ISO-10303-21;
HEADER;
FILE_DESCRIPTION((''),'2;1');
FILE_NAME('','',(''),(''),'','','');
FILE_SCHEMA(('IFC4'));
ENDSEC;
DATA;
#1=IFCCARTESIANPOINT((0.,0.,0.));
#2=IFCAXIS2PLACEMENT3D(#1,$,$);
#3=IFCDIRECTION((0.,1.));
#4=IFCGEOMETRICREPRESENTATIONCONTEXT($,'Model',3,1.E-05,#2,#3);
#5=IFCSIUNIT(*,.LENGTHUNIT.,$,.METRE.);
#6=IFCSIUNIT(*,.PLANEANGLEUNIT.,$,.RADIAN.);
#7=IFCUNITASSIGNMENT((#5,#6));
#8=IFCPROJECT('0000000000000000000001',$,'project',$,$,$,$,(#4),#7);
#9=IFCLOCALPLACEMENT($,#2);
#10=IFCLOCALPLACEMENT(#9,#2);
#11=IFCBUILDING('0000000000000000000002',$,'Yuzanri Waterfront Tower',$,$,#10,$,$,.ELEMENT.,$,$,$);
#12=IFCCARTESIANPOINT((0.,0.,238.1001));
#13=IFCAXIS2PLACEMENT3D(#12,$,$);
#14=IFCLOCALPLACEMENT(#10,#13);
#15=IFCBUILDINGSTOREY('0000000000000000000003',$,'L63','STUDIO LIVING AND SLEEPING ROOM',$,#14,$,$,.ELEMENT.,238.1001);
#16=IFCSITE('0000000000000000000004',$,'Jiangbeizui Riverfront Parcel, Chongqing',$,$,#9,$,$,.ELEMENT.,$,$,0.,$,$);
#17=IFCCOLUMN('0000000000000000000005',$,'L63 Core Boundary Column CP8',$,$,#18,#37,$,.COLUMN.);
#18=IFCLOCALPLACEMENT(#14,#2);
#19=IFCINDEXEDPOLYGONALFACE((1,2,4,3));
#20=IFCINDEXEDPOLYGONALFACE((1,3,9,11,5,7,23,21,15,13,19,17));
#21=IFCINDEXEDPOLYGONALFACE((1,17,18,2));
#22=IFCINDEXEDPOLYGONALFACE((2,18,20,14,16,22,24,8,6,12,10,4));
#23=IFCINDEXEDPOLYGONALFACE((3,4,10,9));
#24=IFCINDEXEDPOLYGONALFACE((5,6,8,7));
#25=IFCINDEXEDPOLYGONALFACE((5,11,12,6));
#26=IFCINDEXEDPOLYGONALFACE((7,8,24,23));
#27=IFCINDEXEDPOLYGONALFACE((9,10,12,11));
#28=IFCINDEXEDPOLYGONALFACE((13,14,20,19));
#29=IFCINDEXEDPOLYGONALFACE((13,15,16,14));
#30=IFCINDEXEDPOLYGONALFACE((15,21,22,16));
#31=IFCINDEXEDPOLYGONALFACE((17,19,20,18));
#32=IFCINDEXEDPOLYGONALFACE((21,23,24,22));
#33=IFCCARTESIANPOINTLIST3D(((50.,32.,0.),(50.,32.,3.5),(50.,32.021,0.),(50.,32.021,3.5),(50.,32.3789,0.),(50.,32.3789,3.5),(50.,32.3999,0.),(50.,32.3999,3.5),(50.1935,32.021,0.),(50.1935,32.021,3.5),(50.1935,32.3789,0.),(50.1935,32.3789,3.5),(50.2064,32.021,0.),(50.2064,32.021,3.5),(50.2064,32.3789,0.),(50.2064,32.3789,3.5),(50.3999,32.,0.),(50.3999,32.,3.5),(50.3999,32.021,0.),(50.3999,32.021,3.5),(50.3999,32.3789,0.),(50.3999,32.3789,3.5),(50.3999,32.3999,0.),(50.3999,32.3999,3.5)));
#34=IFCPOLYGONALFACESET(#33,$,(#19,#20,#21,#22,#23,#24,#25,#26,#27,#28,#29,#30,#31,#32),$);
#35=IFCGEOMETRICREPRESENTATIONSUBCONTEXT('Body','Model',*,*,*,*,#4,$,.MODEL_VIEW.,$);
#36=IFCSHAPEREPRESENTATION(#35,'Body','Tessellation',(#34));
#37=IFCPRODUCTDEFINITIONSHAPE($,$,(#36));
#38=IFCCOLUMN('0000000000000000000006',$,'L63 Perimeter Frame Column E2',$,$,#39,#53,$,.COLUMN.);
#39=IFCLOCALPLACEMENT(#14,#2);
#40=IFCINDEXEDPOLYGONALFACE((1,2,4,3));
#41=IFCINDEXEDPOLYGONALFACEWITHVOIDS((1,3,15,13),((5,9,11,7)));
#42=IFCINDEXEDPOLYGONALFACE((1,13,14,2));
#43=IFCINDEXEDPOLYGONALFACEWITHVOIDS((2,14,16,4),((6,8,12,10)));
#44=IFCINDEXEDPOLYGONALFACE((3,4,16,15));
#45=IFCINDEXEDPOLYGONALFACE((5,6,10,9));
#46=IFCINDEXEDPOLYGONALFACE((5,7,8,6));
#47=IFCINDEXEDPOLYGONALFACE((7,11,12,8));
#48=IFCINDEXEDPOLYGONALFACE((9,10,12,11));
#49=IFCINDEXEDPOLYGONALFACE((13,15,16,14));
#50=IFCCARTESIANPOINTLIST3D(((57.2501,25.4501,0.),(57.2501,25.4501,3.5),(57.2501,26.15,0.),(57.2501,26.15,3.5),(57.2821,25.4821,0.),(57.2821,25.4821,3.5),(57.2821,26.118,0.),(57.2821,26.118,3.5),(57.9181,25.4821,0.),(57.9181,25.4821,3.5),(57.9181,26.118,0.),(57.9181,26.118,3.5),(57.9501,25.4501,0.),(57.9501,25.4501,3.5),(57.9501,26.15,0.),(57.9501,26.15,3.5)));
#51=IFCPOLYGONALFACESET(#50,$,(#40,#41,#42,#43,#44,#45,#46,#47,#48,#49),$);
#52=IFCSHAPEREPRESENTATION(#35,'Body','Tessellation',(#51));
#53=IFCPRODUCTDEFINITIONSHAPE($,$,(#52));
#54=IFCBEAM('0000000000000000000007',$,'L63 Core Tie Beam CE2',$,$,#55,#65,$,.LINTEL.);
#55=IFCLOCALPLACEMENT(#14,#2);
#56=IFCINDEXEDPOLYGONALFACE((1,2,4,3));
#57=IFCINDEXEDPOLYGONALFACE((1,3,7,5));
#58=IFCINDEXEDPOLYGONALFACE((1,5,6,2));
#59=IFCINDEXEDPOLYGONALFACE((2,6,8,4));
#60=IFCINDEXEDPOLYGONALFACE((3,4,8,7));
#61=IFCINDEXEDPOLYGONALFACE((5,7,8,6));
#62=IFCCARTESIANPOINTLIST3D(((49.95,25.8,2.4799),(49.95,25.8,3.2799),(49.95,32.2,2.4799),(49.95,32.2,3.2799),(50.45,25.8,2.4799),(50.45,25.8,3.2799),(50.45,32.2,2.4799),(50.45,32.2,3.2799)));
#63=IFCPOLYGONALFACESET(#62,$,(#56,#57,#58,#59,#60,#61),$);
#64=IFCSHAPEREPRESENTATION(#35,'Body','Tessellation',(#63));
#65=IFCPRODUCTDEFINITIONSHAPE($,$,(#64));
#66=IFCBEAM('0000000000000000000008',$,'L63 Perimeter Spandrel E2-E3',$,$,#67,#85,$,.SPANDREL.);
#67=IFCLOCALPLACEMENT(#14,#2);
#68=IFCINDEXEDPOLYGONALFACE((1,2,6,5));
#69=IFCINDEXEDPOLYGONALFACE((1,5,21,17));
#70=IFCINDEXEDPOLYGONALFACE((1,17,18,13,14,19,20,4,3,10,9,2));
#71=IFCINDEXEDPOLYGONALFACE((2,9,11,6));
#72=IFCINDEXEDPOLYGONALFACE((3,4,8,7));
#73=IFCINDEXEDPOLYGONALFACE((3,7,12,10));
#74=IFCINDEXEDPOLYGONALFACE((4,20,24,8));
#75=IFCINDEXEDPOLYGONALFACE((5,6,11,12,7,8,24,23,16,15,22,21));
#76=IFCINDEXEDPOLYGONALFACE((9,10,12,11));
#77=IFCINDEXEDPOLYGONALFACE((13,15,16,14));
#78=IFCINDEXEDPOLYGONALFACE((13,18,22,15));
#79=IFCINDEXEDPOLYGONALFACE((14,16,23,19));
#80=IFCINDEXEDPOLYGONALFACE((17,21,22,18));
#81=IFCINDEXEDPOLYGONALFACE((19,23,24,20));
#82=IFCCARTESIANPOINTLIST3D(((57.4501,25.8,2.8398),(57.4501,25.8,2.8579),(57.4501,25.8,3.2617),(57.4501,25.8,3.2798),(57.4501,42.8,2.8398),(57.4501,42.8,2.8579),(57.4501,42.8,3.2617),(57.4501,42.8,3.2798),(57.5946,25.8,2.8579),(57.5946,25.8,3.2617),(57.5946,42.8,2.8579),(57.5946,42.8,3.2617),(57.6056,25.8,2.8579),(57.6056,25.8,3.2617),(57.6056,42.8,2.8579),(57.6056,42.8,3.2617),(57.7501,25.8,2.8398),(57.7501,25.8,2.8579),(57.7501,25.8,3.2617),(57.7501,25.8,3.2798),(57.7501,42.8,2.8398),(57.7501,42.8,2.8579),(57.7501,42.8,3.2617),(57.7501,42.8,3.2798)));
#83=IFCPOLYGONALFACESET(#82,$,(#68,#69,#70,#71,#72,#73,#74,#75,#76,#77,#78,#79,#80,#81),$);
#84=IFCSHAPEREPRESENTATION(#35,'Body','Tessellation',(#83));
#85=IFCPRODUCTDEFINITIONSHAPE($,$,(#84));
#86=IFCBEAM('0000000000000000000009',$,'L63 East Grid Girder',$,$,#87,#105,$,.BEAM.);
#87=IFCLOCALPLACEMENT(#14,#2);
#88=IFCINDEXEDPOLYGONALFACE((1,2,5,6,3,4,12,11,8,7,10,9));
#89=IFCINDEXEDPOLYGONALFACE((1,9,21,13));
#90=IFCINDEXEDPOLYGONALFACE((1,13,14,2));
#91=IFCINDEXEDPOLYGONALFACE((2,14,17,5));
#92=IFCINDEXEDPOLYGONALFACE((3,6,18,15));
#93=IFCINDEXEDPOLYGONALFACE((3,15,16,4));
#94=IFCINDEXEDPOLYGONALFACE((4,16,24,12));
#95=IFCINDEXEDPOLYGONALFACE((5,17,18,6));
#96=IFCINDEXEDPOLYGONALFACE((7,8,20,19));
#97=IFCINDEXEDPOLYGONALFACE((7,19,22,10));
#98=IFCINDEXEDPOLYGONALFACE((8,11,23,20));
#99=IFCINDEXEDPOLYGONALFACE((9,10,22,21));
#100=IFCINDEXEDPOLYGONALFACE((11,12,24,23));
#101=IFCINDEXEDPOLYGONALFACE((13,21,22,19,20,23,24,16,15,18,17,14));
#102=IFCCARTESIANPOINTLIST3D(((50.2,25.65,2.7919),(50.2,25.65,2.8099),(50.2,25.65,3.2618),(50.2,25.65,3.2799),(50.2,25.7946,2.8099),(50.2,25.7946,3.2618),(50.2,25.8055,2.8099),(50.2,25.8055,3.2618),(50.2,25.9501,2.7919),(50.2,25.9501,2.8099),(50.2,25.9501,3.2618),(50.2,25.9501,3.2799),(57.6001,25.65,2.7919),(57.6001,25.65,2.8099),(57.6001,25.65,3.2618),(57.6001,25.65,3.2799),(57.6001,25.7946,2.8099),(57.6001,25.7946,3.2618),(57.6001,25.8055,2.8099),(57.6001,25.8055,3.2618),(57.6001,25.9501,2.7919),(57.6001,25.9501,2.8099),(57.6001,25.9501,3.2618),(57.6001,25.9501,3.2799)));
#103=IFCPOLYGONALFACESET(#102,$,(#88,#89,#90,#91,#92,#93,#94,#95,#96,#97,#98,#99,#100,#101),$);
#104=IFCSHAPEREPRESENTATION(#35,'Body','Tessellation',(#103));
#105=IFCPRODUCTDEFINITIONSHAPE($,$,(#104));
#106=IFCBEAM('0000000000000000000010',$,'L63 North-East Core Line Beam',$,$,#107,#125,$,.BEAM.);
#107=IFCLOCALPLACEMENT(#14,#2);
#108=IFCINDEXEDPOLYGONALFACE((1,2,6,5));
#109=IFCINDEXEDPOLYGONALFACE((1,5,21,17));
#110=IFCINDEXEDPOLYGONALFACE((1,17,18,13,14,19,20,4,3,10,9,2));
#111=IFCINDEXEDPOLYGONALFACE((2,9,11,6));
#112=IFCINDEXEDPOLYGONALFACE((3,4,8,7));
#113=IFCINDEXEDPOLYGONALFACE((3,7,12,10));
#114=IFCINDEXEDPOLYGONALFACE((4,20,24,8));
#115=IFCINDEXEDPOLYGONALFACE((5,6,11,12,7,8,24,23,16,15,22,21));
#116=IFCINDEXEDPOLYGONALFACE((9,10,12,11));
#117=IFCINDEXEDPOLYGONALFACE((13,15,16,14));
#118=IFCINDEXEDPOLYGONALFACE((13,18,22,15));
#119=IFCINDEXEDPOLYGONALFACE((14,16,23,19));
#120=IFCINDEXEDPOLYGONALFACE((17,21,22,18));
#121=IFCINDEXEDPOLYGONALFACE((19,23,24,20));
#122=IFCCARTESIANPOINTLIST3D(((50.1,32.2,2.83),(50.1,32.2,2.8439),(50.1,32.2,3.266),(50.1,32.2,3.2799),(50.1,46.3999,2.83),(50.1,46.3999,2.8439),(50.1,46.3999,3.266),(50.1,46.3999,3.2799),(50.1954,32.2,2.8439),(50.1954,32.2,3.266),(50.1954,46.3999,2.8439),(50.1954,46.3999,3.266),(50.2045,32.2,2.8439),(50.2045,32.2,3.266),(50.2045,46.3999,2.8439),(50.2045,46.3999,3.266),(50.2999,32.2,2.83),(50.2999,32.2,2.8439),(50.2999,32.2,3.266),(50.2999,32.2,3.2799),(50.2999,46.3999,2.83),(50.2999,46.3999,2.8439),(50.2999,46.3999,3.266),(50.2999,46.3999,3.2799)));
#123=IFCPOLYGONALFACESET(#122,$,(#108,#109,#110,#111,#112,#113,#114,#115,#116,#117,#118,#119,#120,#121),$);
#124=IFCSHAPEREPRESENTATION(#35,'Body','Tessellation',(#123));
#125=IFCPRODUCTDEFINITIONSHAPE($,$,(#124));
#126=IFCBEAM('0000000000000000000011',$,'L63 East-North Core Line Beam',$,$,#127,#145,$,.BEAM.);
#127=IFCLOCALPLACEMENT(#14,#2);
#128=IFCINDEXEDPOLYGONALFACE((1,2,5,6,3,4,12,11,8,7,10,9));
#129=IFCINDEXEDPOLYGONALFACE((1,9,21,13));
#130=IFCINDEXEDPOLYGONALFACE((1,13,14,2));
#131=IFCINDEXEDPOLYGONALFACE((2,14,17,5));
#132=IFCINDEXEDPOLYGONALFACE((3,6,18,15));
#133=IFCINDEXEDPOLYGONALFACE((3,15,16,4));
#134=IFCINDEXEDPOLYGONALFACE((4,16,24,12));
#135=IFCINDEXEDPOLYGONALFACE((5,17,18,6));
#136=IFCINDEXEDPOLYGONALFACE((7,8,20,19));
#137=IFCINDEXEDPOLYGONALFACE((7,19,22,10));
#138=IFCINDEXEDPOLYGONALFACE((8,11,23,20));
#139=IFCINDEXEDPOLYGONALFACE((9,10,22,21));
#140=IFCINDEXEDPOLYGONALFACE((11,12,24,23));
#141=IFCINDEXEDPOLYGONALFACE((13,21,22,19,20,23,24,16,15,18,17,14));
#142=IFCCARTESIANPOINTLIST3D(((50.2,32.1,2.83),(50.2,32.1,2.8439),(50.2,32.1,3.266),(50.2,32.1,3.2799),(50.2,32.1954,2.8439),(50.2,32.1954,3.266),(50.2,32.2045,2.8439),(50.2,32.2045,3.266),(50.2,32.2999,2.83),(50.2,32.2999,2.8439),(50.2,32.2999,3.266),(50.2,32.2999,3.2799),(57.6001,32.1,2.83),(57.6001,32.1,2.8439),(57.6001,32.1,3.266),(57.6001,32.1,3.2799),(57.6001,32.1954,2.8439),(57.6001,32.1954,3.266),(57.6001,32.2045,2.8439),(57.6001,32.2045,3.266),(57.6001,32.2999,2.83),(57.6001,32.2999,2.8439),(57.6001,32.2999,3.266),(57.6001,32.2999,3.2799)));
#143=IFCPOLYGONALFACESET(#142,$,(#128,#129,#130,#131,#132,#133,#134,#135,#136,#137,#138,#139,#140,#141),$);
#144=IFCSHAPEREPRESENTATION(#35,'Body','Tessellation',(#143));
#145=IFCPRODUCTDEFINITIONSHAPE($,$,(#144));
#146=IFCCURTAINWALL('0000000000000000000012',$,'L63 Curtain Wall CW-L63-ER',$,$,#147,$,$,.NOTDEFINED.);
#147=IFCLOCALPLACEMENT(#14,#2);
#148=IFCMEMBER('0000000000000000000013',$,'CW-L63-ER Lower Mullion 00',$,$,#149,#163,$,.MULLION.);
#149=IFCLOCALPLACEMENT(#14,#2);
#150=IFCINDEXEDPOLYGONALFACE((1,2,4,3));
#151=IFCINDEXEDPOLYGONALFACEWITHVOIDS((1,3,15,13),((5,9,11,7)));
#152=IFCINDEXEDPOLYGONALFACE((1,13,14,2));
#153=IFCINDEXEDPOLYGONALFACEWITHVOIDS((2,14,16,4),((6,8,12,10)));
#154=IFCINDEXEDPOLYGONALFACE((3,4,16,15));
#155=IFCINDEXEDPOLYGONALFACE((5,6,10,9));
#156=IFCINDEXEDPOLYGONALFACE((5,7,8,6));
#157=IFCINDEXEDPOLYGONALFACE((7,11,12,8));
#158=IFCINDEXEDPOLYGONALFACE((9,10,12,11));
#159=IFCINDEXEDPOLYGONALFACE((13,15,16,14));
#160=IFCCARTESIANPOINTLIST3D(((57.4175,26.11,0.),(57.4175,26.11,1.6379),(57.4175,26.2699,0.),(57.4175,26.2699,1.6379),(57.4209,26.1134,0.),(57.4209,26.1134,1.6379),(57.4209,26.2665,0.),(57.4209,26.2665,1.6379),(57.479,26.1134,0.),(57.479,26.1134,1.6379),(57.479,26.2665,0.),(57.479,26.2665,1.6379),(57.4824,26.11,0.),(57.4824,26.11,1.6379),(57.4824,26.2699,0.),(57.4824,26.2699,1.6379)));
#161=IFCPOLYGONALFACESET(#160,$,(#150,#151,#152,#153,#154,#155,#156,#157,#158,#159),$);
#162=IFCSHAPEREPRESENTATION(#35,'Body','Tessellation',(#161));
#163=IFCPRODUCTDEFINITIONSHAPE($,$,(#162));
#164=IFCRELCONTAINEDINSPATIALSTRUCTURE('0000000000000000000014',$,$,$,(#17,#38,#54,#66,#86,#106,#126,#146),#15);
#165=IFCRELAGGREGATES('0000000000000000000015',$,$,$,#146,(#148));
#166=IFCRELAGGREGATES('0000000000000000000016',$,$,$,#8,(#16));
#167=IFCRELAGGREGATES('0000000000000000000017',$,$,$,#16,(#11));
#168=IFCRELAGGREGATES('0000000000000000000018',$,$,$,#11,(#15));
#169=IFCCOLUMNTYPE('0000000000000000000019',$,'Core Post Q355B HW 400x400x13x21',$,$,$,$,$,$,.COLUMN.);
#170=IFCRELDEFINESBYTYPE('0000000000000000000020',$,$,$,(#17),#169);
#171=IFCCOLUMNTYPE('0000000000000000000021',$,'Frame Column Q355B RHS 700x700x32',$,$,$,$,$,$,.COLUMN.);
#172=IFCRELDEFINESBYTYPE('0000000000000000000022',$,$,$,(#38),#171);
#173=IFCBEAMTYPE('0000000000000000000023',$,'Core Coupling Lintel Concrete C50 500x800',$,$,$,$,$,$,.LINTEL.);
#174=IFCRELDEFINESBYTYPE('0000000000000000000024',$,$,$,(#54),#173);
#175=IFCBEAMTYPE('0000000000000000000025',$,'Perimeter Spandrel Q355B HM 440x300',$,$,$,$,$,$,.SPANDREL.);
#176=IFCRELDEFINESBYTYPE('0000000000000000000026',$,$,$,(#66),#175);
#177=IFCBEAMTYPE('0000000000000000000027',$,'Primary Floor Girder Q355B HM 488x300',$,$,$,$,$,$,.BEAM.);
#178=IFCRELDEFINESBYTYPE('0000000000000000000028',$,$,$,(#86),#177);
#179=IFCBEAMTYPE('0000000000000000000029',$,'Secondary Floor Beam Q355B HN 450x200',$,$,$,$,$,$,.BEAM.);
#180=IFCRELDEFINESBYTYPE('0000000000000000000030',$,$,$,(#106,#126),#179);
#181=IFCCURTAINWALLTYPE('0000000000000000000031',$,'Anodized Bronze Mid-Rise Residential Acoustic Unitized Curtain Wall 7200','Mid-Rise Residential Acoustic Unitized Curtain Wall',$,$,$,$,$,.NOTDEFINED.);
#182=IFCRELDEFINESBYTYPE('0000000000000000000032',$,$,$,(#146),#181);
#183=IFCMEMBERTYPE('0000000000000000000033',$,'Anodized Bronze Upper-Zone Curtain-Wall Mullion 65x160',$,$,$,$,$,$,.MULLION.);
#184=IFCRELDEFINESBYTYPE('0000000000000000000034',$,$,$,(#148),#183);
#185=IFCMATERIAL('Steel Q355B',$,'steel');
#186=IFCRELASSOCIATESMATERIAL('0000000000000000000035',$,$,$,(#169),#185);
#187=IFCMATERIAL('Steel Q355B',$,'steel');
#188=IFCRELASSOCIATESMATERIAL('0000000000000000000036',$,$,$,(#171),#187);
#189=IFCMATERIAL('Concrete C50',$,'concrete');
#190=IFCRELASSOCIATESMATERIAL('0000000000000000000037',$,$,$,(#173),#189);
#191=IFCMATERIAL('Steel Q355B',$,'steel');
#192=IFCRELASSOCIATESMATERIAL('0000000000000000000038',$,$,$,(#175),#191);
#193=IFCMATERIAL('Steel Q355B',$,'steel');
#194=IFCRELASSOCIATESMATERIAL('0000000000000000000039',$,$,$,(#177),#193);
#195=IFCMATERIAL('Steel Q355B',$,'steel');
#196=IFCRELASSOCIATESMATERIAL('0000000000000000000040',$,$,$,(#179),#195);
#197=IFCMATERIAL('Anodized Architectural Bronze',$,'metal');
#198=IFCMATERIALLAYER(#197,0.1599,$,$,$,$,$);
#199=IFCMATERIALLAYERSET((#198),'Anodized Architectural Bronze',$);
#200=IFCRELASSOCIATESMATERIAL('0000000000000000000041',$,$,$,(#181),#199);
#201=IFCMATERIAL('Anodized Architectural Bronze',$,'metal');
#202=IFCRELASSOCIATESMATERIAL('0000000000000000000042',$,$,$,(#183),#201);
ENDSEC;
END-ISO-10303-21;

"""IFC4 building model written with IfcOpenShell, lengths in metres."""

from ifc_helpers import new_model, si_unit, direction, frame, origin, origin_2d, place, context, subcontext, project, spatial, rectangle, hollow_rectangle, i_section, extrude, source, transform, mapped, material, layer, layer_set, material_profile, profile_set, type_object, element, aggregate, save


model = new_model("IFC4")

# Units and contexts
model_context = context("Model", 3, precision=1e-05, world=origin(), true_north=direction((0.0, 1.0)))
body_context = subcontext(model_context, "Body", "Model", "MODEL_VIEW")
ifc_project = project(units=[si_unit("LENGTHUNIT", "METRE"), si_unit("PLANEANGLEUNIT", "RADIAN")], contexts=[model_context])

# Site, building, storey
site_placement = place(None, origin())
site = spatial("IfcSite", under=ifc_project, at=site_placement, Name="Jiangbeizui Riverfront Parcel, Chongqing", CompositionType="ELEMENT", RefElevation=0.0)
building_placement = place(site_placement, origin())
building = spatial("IfcBuilding", under=site, at=building_placement, Name="Yuzanri Waterfront Tower", CompositionType="ELEMENT")
storey_placement = place(building_placement, frame((0.0, 0.0, 238.1001)))
storey = spatial("IfcBuildingStorey", under=building, at=storey_placement, Name="L63", Description="STUDIO LIVING AND SLEEPING ROOM", CompositionType="ELEMENT", Elevation=238.1001)

# Columns
ifc_material_1 = material(Name="Steel Q355B", Category="steel")
ifc_material_profile_1 = material_profile(ifc_material_1, i_section(OverallWidth=0.3999, OverallDepth=0.3999, WebThickness=0.0129, FlangeThickness=0.021, at=origin_2d()), Name="HW 400x400x13x21")
ifc_profile_set_1 = profile_set([ifc_material_profile_1], Name="Steel Q355B")
column_type_1 = type_object("IfcColumnType", Name="Core Post Q355B HW 400x400x13x21", PredefinedType="COLUMN", material=ifc_profile_set_1)
shared_shape_1 = source(origin(), body_context, "Body", "SweptSolid", [
    extrude(i_section(OverallWidth=0.3999, OverallDepth=0.3999, WebThickness=0.0129, FlangeThickness=0.021, at=origin_2d()), origin(), (0.0, 0.0, 1.0), 3.5),
])
column_1_placement = place(storey_placement, frame((50.2, 32.2, 0.0), z_axis=(0.0, 0.0, 1.0), x_axis=(1.0, 0.0, 0.0)))
element("IfcColumn", 1, at=column_1_placement, inside=storey, type_object=column_type_1, Name="L63 Core Boundary Column CP8", PredefinedType="COLUMN", context=body_context, shape_type="MappedRepresentation", body=[
    mapped(shared_shape_1, transform((0.0, 0.0, 0.0), scale=1.0)),
])
ifc_material_2 = material(Name="Steel Q355B", Category="steel")
ifc_material_profile_2 = material_profile(ifc_material_2, hollow_rectangle(XDim=0.7, YDim=0.7, WallThickness=0.032, at=origin_2d()), Name="RHS 700x700x32")
ifc_profile_set_2 = profile_set([ifc_material_profile_2], Name="Steel Q355B")
column_type_2 = type_object("IfcColumnType", Name="Frame Column Q355B RHS 700x700x32", PredefinedType="COLUMN", material=ifc_profile_set_2)
shared_shape_2 = source(origin(), body_context, "Body", "SweptSolid", [
    extrude(hollow_rectangle(XDim=0.7, YDim=0.7, WallThickness=0.032, at=origin_2d()), origin(), (0.0, 0.0, 1.0), 3.5),
])
column_2_placement = place(storey_placement, frame((57.6001, 25.8, 0.0), z_axis=(0.0, 0.0, 1.0), x_axis=(1.0, 0.0, 0.0)))
element("IfcColumn", 2, at=column_2_placement, inside=storey, type_object=column_type_2, Name="L63 Perimeter Frame Column E2", PredefinedType="COLUMN", context=body_context, shape_type="MappedRepresentation", body=[
    mapped(shared_shape_2, transform((0.0, 0.0, 0.0), scale=1.0)),
])

# Beams
ifc_material_3 = material(Name="Concrete C50", Category="concrete")
ifc_material_profile_3 = material_profile(ifc_material_3, rectangle(XDim=0.5, YDim=0.8, at=origin_2d()), Name="RC 500x800")
ifc_profile_set_3 = profile_set([ifc_material_profile_3], Name="Concrete C50")
beam_type_1 = type_object("IfcBeamType", Name="Core Coupling Lintel Concrete C50 500x800", PredefinedType="LINTEL", material=ifc_profile_set_3)
shared_shape_3 = source(origin(), body_context, "Body", "SweptSolid", [
    extrude(rectangle(XDim=0.5, YDim=0.8, at=origin_2d()), origin(), (0.0, 0.0, 1.0), 6.3999),
])
beam_1_placement = place(storey_placement, frame((50.2, 25.8, 2.8799), z_axis=(0.0, 1.0, 0.0), x_axis=(-1.0, 0.0, 0.0)))
element("IfcBeam", 3, at=beam_1_placement, inside=storey, type_object=beam_type_1, Name="L63 Core Tie Beam CE2", PredefinedType="LINTEL", context=body_context, shape_type="MappedRepresentation", body=[
    mapped(shared_shape_3, transform((0.0, 0.0, 0.0), scale=1.0)),
])
ifc_material_4 = material(Name="Steel Q355B", Category="steel")
ifc_material_profile_4 = material_profile(ifc_material_4, i_section(OverallWidth=0.3, OverallDepth=0.4399, WebThickness=0.011, FlangeThickness=0.0181, at=origin_2d()), Name="HM 440x300x11x18")
ifc_profile_set_4 = profile_set([ifc_material_profile_4], Name="Steel Q355B")
beam_type_2 = type_object("IfcBeamType", Name="Perimeter Spandrel Q355B HM 440x300", PredefinedType="SPANDREL", material=ifc_profile_set_4)
shared_shape_4 = source(origin(), body_context, "Body", "SweptSolid", [
    extrude(i_section(OverallWidth=0.3, OverallDepth=0.4399, WebThickness=0.011, FlangeThickness=0.0181, at=origin_2d()), origin(), (0.0, 0.0, 1.0), 17.0),
])
beam_2_placement = place(storey_placement, frame((57.6001, 25.8, 3.0598), z_axis=(0.0, 1.0, 0.0), x_axis=(-1.0, 0.0, 0.0)))
element("IfcBeam", 4, at=beam_2_placement, inside=storey, type_object=beam_type_2, Name="L63 Perimeter Spandrel E2-E3", PredefinedType="SPANDREL", context=body_context, shape_type="MappedRepresentation", body=[
    mapped(shared_shape_4, transform((0.0, 0.0, 0.0), scale=1.0)),
])
ifc_material_5 = material(Name="Steel Q355B", Category="steel")
ifc_material_profile_5 = material_profile(ifc_material_5, i_section(OverallWidth=0.3, OverallDepth=0.488, WebThickness=0.011, FlangeThickness=0.0181, at=origin_2d()), Name="HM 488x300x11x18")
ifc_profile_set_5 = profile_set([ifc_material_profile_5], Name="Steel Q355B")
beam_type_3 = type_object("IfcBeamType", Name="Primary Floor Girder Q355B HM 488x300", PredefinedType="BEAM", material=ifc_profile_set_5)
shared_shape_5 = source(origin(), body_context, "Body", "SweptSolid", [
    extrude(i_section(OverallWidth=0.3, OverallDepth=0.488, WebThickness=0.011, FlangeThickness=0.0181, at=origin_2d()), origin(), (0.0, 0.0, 1.0), 7.4001),
])
beam_3_placement = place(storey_placement, frame((50.2, 25.8, 3.0359), z_axis=(1.0, 0.0, 0.0), x_axis=(0.0, 1.0, 0.0)))
element("IfcBeam", 5, at=beam_3_placement, inside=storey, type_object=beam_type_3, Name="L63 East Grid Girder", PredefinedType="BEAM", context=body_context, shape_type="MappedRepresentation", body=[
    mapped(shared_shape_5, transform((0.0, 0.0, 0.0), scale=1.0)),
])
ifc_material_6 = material(Name="Steel Q355B", Category="steel")
ifc_material_profile_6 = material_profile(ifc_material_6, i_section(OverallWidth=0.2, OverallDepth=0.45, WebThickness=0.009, FlangeThickness=0.0139, at=origin_2d()), Name="HN 450x200x9x14")
ifc_profile_set_6 = profile_set([ifc_material_profile_6], Name="Steel Q355B")
beam_type_4 = type_object("IfcBeamType", Name="Secondary Floor Beam Q355B HN 450x200", PredefinedType="BEAM", material=ifc_profile_set_6)
shared_shape_6 = source(origin(), body_context, "Body", "SweptSolid", [
    extrude(i_section(OverallWidth=0.2, OverallDepth=0.45, WebThickness=0.009, FlangeThickness=0.0139, at=origin_2d()), origin(), (0.0, 0.0, 1.0), 14.2),
])
beam_4_placement = place(storey_placement, frame((50.2, 32.2, 3.0549), z_axis=(0.0, 1.0, 0.0), x_axis=(-1.0, 0.0, 0.0)))
element("IfcBeam", 6, at=beam_4_placement, inside=storey, type_object=beam_type_4, Name="L63 North-East Core Line Beam", PredefinedType="BEAM", context=body_context, shape_type="MappedRepresentation", body=[
    mapped(shared_shape_6, transform((0.0, 0.0, 0.0), scale=1.0)),
])
shared_shape_7 = source(origin(), body_context, "Body", "SweptSolid", [
    extrude(i_section(OverallWidth=0.2, OverallDepth=0.45, WebThickness=0.009, FlangeThickness=0.0139, at=origin_2d()), origin(), (0.0, 0.0, 1.0), 7.4001),
])
beam_5_placement = place(storey_placement, frame((50.2, 32.2, 3.0549), z_axis=(1.0, 0.0, 0.0), x_axis=(0.0, 1.0, 0.0)))
element("IfcBeam", 7, at=beam_5_placement, inside=storey, type_object=beam_type_4, Name="L63 East-North Core Line Beam", PredefinedType="BEAM", context=body_context, shape_type="MappedRepresentation", body=[
    mapped(shared_shape_7, transform((0.0, 0.0, 0.0), scale=1.0)),
])

# Curtain wall, member
ifc_material_7 = material(Name="Anodized Architectural Bronze", Category="metal")
ifc_layer_1 = layer(ifc_material_7, 0.1599)
ifc_layer_set_1 = layer_set([ifc_layer_1], Name="Anodized Architectural Bronze")
curtain_wall_type = type_object("IfcCurtainWallType", Name="Anodized Bronze Mid-Rise Residential Acoustic Unitized Curtain Wall 7200", Description="Mid-Rise Residential Acoustic Unitized Curtain Wall", PredefinedType="NOTDEFINED", material=ifc_layer_set_1)
curtain_wall_placement = place(storey_placement, origin())
curtain_wall = element("IfcCurtainWall", 8, at=curtain_wall_placement, inside=storey, type_object=curtain_wall_type, Name="L63 Curtain Wall CW-L63-ER", PredefinedType="NOTDEFINED")
ifc_material_8 = material(Name="Anodized Architectural Bronze", Category="metal")
ifc_material_profile_7 = material_profile(ifc_material_8, hollow_rectangle(XDim=0.0649, YDim=0.1599, WallThickness=0.0034, at=origin_2d()), Name="CWM 65x160")
ifc_profile_set_7 = profile_set([ifc_material_profile_7], Name="Anodized Architectural Bronze")
member_type_1 = type_object("IfcMemberType", Name="Anodized Bronze Upper-Zone Curtain-Wall Mullion 65x160", PredefinedType="MULLION", material=ifc_profile_set_7)
shared_shape_8 = source(origin(), body_context, "Body", "SweptSolid", [
    extrude(hollow_rectangle(XDim=0.0649, YDim=0.1599, WallThickness=0.0034, at=origin_2d()), origin(), (0.0, 0.0, 1.0), 1.6379),
])
member_1_placement = place(storey_placement, frame((57.45, 26.1899, 0.0), z_axis=(0.0, 0.0, 1.0), x_axis=(1.0, 0.0, 0.0)))
member_1 = element("IfcMember", 9, at=member_1_placement, type_object=member_type_1, Name="CW-L63-ER Lower Mullion 00", PredefinedType="MULLION", context=body_context, shape_type="MappedRepresentation", body=[
    mapped(shared_shape_8, transform((0.0, 0.0, 0.0), scale=1.0)),
])
aggregate(curtain_wall, [member_1])

save(model, "model.ifc")
